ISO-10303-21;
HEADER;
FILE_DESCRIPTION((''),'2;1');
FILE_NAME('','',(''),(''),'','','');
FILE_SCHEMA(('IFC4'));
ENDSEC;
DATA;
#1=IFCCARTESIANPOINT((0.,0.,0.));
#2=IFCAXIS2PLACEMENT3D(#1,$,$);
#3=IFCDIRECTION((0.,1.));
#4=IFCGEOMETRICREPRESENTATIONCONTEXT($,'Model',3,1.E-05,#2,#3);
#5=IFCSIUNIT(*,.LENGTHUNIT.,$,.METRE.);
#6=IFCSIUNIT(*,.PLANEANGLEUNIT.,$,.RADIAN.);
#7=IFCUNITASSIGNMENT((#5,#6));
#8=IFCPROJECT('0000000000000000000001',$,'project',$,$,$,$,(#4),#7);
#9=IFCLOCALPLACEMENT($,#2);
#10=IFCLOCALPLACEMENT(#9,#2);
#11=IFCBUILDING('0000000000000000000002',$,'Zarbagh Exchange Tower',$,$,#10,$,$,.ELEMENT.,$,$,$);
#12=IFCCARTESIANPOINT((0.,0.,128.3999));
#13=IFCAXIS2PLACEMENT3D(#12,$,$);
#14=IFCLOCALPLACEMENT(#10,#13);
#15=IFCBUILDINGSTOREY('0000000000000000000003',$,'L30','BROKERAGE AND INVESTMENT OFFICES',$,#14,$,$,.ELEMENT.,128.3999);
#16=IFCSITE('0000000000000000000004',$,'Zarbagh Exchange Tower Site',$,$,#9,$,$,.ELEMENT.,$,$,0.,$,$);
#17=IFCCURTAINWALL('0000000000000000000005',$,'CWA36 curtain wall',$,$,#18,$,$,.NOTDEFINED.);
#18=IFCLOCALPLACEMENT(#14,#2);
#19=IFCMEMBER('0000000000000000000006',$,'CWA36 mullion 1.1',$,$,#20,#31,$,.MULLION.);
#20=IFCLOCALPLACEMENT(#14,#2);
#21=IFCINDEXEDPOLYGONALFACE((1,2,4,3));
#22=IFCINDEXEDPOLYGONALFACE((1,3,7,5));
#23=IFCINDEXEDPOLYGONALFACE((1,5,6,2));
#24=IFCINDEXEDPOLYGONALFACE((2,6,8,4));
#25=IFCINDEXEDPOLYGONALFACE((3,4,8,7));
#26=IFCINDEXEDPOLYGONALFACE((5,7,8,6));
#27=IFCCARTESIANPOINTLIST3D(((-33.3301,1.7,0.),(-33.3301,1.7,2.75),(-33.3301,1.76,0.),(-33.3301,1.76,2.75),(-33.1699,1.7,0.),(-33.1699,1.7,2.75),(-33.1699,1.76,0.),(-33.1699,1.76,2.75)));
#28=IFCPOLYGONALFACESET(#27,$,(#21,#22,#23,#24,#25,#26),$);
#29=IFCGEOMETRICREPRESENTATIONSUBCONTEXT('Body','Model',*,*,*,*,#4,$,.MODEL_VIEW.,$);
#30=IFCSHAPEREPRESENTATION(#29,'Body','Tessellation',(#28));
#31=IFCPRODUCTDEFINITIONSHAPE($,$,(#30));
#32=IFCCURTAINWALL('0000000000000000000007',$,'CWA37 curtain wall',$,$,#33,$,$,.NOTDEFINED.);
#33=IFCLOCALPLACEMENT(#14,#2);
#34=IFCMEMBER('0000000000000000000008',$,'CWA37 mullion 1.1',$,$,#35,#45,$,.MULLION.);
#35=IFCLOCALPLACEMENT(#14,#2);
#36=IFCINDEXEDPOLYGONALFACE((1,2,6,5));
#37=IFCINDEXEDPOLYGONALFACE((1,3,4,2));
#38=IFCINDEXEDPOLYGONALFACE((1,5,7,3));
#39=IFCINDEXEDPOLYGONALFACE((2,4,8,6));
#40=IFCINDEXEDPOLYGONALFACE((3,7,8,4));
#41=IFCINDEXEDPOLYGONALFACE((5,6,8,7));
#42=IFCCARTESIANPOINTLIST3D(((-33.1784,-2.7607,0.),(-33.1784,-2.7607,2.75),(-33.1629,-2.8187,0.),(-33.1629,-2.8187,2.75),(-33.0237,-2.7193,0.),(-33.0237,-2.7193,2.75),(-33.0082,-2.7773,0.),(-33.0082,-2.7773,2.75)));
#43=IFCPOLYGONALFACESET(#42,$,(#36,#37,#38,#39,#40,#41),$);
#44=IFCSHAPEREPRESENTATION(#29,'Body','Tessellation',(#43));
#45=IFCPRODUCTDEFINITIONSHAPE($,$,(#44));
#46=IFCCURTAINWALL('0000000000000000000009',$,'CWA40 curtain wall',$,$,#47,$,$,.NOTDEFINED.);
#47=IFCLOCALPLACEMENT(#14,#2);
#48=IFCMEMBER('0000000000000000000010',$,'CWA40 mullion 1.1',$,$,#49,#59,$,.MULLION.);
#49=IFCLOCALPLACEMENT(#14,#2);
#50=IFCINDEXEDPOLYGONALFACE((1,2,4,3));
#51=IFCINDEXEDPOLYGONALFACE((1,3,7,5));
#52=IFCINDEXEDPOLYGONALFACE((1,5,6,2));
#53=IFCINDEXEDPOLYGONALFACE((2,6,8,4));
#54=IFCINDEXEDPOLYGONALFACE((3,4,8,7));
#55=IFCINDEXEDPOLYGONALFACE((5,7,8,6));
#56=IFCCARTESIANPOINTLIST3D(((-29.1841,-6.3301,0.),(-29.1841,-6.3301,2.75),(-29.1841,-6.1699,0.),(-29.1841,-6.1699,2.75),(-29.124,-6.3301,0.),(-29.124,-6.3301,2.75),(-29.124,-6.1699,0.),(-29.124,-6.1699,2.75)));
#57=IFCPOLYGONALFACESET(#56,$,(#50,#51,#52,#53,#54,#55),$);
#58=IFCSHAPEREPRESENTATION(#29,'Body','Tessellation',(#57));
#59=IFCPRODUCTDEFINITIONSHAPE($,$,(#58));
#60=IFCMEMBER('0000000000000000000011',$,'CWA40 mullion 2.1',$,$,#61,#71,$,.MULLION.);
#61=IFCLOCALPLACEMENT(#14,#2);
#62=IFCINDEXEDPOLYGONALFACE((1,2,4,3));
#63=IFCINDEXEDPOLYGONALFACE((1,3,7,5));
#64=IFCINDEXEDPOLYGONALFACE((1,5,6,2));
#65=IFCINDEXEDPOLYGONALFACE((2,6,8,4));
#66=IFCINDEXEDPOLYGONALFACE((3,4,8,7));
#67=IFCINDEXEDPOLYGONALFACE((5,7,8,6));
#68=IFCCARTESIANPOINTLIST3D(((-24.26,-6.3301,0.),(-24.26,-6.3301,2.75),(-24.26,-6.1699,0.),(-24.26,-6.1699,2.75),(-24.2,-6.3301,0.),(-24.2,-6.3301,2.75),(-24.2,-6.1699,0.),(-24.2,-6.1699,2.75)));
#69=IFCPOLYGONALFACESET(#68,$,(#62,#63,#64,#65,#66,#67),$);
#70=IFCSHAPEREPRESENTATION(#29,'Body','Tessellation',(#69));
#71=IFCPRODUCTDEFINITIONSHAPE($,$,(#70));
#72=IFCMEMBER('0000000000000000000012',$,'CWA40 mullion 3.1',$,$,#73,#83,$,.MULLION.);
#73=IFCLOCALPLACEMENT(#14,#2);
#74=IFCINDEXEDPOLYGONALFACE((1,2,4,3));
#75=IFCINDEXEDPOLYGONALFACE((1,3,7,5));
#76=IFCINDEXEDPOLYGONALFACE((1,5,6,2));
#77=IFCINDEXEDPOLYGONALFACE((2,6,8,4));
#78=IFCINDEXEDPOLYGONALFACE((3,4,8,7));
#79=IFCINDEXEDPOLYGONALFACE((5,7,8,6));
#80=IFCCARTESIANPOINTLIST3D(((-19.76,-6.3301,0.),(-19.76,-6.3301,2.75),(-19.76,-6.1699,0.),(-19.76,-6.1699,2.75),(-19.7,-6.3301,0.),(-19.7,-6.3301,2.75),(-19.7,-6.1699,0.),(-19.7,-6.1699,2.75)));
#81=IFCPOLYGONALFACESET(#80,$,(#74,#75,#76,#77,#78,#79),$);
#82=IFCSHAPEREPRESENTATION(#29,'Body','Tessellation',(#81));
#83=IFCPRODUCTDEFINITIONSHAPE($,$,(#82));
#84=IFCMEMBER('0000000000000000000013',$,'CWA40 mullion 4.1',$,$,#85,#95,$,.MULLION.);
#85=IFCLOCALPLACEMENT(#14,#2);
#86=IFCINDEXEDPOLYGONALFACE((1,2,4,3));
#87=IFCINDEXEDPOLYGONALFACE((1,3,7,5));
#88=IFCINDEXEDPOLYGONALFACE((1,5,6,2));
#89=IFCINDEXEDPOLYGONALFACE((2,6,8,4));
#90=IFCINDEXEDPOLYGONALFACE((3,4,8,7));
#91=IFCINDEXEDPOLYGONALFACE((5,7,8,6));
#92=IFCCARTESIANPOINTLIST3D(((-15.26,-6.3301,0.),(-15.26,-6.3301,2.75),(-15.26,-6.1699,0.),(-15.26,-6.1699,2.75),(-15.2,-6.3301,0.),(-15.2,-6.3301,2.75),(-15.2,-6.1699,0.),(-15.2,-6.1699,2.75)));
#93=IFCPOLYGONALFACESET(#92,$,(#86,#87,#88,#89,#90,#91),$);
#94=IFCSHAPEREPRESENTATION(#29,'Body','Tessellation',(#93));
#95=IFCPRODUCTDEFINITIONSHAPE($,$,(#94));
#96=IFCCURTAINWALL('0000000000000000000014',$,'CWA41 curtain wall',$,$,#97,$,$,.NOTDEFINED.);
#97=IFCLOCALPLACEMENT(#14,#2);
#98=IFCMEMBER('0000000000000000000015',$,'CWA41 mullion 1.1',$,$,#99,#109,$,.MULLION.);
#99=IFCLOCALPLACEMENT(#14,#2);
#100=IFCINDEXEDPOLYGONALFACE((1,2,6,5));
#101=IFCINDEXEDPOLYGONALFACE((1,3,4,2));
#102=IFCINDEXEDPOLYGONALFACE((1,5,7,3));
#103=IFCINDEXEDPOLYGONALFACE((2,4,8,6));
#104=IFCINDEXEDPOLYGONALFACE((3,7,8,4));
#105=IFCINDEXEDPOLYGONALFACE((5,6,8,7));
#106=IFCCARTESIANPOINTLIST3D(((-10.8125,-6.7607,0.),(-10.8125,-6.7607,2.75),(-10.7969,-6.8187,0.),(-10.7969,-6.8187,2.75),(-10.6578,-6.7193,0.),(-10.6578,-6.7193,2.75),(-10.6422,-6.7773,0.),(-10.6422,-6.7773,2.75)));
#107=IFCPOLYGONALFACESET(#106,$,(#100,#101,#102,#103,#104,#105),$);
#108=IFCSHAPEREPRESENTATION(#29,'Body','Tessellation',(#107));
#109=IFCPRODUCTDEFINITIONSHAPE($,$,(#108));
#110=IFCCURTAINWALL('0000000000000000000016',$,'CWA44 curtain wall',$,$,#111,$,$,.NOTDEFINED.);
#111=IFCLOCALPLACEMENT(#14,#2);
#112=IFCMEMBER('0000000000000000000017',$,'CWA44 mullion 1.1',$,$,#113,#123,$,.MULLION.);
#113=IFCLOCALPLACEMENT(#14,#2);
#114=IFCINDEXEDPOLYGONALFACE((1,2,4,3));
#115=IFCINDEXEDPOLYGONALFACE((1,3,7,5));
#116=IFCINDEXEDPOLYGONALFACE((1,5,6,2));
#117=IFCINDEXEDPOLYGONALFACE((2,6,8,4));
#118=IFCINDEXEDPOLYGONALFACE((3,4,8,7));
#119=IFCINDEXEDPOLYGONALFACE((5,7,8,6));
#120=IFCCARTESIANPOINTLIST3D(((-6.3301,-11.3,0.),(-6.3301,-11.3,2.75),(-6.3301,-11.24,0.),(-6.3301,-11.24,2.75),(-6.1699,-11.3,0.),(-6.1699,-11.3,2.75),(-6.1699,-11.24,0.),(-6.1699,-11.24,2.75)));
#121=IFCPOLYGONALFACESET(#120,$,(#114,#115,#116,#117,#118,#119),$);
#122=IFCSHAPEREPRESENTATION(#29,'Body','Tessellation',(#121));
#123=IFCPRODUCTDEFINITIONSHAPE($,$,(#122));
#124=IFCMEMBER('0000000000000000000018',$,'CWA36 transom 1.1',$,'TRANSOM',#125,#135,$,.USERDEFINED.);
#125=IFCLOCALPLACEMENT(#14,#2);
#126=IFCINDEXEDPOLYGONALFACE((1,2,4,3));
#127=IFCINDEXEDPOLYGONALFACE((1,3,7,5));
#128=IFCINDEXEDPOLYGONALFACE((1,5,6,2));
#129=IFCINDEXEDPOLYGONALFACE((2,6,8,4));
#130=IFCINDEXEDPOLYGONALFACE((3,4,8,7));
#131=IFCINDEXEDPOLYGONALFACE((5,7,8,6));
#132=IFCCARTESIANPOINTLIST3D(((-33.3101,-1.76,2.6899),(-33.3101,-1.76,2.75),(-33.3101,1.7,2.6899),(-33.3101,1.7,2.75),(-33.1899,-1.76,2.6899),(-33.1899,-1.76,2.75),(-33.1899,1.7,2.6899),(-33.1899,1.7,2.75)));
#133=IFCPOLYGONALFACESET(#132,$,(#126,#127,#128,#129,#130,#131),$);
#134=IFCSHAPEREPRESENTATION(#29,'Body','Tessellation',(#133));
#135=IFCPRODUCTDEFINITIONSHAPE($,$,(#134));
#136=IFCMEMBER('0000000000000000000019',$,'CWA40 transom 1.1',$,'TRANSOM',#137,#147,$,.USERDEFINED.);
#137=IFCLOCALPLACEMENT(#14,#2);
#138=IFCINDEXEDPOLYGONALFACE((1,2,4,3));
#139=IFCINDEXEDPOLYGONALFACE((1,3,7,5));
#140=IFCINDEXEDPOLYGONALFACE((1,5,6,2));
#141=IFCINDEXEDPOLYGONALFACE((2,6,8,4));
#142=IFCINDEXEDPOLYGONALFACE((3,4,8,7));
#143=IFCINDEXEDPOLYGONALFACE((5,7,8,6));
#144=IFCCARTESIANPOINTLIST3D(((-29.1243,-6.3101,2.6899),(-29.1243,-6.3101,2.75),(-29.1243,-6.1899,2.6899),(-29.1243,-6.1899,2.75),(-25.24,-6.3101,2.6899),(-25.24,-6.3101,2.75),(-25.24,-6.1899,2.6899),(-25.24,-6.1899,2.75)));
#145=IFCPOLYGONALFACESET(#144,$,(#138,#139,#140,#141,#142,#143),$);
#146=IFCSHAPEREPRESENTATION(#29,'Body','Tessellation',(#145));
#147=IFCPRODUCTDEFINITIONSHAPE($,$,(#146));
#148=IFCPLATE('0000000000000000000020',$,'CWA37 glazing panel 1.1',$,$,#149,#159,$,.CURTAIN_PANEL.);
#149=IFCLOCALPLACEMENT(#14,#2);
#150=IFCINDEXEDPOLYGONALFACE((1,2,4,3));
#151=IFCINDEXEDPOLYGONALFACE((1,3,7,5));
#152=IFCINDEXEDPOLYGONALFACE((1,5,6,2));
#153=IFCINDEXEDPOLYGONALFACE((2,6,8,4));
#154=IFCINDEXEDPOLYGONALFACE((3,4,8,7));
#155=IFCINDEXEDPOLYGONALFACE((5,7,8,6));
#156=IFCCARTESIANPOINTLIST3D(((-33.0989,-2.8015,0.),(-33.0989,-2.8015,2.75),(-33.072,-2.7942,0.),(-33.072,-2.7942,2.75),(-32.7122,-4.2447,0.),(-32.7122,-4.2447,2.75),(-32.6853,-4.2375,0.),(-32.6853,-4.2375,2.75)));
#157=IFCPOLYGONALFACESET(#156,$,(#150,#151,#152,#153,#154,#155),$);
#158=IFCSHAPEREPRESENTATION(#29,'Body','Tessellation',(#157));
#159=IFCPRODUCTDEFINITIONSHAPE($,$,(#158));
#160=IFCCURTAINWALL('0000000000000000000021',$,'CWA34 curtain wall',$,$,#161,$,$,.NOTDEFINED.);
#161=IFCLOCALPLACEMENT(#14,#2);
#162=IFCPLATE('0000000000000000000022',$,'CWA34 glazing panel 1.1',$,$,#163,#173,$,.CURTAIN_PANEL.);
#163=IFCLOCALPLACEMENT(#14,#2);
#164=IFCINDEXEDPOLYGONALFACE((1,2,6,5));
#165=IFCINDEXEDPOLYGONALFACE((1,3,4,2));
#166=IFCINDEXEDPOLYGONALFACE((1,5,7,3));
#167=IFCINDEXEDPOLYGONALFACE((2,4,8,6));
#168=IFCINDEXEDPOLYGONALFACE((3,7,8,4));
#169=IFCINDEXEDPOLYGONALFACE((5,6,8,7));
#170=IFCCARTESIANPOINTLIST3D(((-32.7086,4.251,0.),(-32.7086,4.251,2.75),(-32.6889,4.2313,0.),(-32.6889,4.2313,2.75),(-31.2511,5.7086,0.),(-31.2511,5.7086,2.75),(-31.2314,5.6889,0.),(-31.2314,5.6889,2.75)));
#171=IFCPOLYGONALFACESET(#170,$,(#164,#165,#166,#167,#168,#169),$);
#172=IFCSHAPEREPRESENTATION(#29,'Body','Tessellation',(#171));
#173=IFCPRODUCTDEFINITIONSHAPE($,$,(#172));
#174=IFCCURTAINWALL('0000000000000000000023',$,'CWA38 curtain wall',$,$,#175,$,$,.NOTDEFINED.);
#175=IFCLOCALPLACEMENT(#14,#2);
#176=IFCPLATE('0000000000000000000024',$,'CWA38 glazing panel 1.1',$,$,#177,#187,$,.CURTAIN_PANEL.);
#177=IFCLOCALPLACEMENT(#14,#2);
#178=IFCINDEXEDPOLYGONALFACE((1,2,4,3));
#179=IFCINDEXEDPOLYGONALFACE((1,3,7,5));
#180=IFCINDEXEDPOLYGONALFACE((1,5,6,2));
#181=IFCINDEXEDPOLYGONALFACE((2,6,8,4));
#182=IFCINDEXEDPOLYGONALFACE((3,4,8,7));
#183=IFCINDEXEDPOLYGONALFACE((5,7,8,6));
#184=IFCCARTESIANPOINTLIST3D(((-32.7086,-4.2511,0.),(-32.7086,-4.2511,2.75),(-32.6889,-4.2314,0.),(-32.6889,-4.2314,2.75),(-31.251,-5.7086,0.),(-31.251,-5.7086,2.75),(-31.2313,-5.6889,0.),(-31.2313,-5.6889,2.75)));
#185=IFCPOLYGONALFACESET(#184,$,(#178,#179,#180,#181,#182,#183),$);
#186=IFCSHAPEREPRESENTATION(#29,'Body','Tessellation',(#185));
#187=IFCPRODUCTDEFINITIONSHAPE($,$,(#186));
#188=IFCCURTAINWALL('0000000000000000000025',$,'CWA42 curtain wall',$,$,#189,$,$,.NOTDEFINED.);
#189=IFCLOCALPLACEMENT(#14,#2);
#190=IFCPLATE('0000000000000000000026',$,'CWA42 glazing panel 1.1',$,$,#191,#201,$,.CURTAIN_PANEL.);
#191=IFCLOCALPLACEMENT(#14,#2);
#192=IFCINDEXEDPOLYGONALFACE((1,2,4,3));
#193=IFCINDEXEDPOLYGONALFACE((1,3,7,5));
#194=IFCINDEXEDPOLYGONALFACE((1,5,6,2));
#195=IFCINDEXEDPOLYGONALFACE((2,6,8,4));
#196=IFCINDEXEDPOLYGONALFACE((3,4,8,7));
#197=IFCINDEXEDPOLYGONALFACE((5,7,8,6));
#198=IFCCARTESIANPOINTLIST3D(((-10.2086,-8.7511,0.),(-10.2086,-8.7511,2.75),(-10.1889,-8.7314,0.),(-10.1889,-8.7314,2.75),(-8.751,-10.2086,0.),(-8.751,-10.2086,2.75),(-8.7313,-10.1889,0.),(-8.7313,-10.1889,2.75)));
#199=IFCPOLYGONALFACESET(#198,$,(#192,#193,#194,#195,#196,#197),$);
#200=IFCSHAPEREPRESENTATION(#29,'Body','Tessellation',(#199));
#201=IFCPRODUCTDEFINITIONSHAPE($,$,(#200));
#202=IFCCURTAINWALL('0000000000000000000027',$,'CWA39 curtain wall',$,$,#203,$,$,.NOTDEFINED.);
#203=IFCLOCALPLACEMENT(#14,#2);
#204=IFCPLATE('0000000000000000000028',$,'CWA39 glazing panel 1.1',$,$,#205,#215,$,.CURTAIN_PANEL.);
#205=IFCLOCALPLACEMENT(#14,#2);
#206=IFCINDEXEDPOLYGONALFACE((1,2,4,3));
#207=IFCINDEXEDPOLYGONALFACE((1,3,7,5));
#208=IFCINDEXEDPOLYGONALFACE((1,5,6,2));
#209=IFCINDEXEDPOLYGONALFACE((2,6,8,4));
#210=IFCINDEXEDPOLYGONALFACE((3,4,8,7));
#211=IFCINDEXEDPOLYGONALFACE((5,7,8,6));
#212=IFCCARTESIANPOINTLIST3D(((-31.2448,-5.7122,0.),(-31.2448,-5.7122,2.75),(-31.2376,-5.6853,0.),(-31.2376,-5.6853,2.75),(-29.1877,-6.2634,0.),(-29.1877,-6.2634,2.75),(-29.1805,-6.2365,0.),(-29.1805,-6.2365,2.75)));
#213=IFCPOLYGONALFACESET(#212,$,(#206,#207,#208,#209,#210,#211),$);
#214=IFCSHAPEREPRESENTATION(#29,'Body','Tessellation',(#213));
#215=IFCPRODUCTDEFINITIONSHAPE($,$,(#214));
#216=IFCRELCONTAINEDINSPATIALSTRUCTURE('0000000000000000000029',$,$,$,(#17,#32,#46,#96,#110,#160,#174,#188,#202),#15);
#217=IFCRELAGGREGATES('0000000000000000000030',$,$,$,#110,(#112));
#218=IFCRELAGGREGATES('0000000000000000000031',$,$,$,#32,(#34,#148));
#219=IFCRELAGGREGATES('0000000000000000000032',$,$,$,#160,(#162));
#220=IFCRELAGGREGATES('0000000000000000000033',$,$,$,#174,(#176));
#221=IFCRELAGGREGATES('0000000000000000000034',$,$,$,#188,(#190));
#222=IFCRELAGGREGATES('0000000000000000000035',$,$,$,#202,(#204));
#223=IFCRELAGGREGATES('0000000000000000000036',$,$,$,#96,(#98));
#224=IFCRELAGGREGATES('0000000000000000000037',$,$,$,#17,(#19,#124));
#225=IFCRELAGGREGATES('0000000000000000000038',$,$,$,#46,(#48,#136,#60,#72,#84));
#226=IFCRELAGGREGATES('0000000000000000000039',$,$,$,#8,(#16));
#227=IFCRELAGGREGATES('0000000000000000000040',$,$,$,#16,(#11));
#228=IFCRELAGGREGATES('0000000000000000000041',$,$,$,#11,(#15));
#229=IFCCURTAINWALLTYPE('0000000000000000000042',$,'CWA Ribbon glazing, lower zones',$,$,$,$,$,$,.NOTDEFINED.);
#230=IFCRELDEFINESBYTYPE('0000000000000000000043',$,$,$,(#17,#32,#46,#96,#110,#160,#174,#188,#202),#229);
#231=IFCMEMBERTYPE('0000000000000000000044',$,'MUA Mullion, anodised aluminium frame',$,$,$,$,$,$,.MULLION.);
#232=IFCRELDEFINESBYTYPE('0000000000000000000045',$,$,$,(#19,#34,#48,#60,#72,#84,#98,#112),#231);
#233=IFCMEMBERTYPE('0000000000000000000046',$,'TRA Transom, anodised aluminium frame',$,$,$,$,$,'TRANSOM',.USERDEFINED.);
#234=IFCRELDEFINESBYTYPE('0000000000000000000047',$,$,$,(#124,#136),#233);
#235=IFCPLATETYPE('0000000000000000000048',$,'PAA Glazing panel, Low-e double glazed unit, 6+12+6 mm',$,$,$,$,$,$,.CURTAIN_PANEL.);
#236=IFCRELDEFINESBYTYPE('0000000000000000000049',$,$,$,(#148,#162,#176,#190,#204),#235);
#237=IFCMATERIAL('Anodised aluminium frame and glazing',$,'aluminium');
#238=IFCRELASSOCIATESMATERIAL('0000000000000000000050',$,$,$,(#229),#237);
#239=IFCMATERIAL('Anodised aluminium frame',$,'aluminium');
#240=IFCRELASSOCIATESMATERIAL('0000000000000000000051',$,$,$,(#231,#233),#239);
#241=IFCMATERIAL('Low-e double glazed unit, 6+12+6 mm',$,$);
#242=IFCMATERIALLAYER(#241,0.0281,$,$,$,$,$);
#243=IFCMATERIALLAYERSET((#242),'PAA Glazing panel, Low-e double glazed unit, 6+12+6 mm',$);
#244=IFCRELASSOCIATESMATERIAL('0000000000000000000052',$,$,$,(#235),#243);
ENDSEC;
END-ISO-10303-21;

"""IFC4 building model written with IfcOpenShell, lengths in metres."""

from ifc_helpers import new_model, si_unit, direction, frame, origin, place, context, subcontext, project, spatial, polyline, outline, extrude, source, transform, mapped, material, layer, layer_set, type_object, element, aggregate, save


model = new_model("IFC4")

# Units and contexts
model_context = context("Model", 3, precision=1e-05, world=origin(), true_north=direction((0.0, 1.0)))
body_context = subcontext(model_context, "Body", "Model", "MODEL_VIEW")
ifc_project = project(units=[si_unit("LENGTHUNIT", "METRE"), si_unit("PLANEANGLEUNIT", "RADIAN")], contexts=[model_context])

# Site, building, storey
site_placement = place(None, origin())
site = spatial("IfcSite", under=ifc_project, at=site_placement, Name="Zarbagh Exchange Tower Site", CompositionType="ELEMENT", RefElevation=0.0)
building_placement = place(site_placement, origin())
building = spatial("IfcBuilding", under=site, at=building_placement, Name="Zarbagh Exchange Tower", CompositionType="ELEMENT")
storey_placement = place(building_placement, frame((0.0, 0.0, 128.3999)))
storey = spatial("IfcBuildingStorey", under=building, at=storey_placement, Name="L30", Description="BROKERAGE AND INVESTMENT OFFICES", CompositionType="ELEMENT", Elevation=128.3999)

# Curtain walls, members
ifc_material_1 = material(Name="Anodised aluminium frame and glazing", Category="aluminium")
curtain_wall_type = type_object("IfcCurtainWallType", Name="CWA Ribbon glazing, lower zones", PredefinedType="NOTDEFINED", material=ifc_material_1)
curtain_wall_1_placement = place(storey_placement, origin())
curtain_wall_1 = element("IfcCurtainWall", 1, at=curtain_wall_1_placement, inside=storey, type_object=curtain_wall_type, Name="CWA36 curtain wall", PredefinedType="NOTDEFINED")
ifc_material_2 = material(Name="Anodised aluminium frame", Category="aluminium")
member_type_1 = type_object("IfcMemberType", Name="MUA Mullion, anodised aluminium frame", PredefinedType="MULLION", material=ifc_material_2)
shared_shape_1 = source(origin(), body_context, "Body", "SweptSolid", [
    extrude(outline(polyline([(0.0, -0.0801), (0.0601, -0.0801), (0.0601, 0.0801), (0.0, 0.0801), (0.0, -0.0801)])), origin(), (0.0, 0.0, 1.0), 2.75),
])
placement = place(storey_placement, origin())
member_1 = element("IfcMember", 2, at=placement, type_object=member_type_1, Name="CWA36 mullion 1.1", PredefinedType="MULLION", context=body_context, shape_type="MappedRepresentation", body=[
    mapped(shared_shape_1, transform((-33.25, 1.76, 0.0), x_axis=(0.0, -1.0, 0.0), y_axis=(1.0, 0.0, 0.0), z_axis=(0.0, 0.0, 1.0))),
])
curtain_wall_2_placement = place(storey_placement, origin())
curtain_wall_2 = element("IfcCurtainWall", 3, at=curtain_wall_2_placement, inside=storey, type_object=curtain_wall_type, Name="CWA37 curtain wall", PredefinedType="NOTDEFINED")
member_2 = element("IfcMember", 4, at=placement, type_object=member_type_1, Name="CWA37 mullion 1.1", PredefinedType="MULLION", context=body_context, shape_type="MappedRepresentation", body=[
    mapped(shared_shape_1, transform((-33.1011, -2.74, 0.0), x_axis=(0.258825, -0.965924, 0.0), y_axis=(0.965924, 0.258825, 0.0), z_axis=(0.0, 0.0, 1.0))),
])

# Curtain wall, members
curtain_wall_3_placement = place(storey_placement, origin())
curtain_wall_3 = element("IfcCurtainWall", 5, at=curtain_wall_3_placement, inside=storey, type_object=curtain_wall_type, Name="CWA40 curtain wall", PredefinedType="NOTDEFINED")
member_3 = element("IfcMember", 6, at=placement, type_object=member_type_1, Name="CWA40 mullion 1.1", PredefinedType="MULLION", context=body_context, shape_type="MappedRepresentation", body=[
    mapped(shared_shape_1, transform((-29.1841, -6.25, 0.0), x_axis=(1.0, 0.0, 0.0), y_axis=(0.0, 1.0, 0.0), z_axis=(0.0, 0.0, 1.0))),
])
member_4 = element("IfcMember", 7, at=placement, type_object=member_type_1, Name="CWA40 mullion 2.1", PredefinedType="MULLION", context=body_context, shape_type="MappedRepresentation", body=[
    mapped(shared_shape_1, transform((-24.26, -6.25, 0.0), x_axis=(1.0, 0.0, 0.0), y_axis=(0.0, 1.0, 0.0), z_axis=(0.0, 0.0, 1.0))),
])
member_5 = element("IfcMember", 8, at=placement, type_object=member_type_1, Name="CWA40 mullion 3.1", PredefinedType="MULLION", context=body_context, shape_type="MappedRepresentation", body=[
    mapped(shared_shape_1, transform((-19.76, -6.25, 0.0), x_axis=(1.0, 0.0, 0.0), y_axis=(0.0, 1.0, 0.0), z_axis=(0.0, 0.0, 1.0))),
])
member_6 = element("IfcMember", 9, at=placement, type_object=member_type_1, Name="CWA40 mullion 4.1", PredefinedType="MULLION", context=body_context, shape_type="MappedRepresentation", body=[
    mapped(shared_shape_1, transform((-15.26, -6.25, 0.0), x_axis=(1.0, 0.0, 0.0), y_axis=(0.0, 1.0, 0.0), z_axis=(0.0, 0.0, 1.0))),
])

# Curtain walls, members
curtain_wall_4_placement = place(storey_placement, origin())
curtain_wall_4 = element("IfcCurtainWall", 10, at=curtain_wall_4_placement, inside=storey, type_object=curtain_wall_type, Name="CWA41 curtain wall", PredefinedType="NOTDEFINED")
member_7 = element("IfcMember", 11, at=placement, type_object=member_type_1, Name="CWA41 mullion 1.1", PredefinedType="MULLION", context=body_context, shape_type="MappedRepresentation", body=[
    mapped(shared_shape_1, transform((-10.7351, -6.74, 0.0), x_axis=(0.258825, -0.965924, 0.0), y_axis=(0.965924, 0.258825, 0.0), z_axis=(0.0, 0.0, 1.0))),
])
curtain_wall_5_placement = place(storey_placement, origin())
curtain_wall_5 = element("IfcCurtainWall", 12, at=curtain_wall_5_placement, inside=storey, type_object=curtain_wall_type, Name="CWA44 curtain wall", PredefinedType="NOTDEFINED")
member_8 = element("IfcMember", 13, at=placement, type_object=member_type_1, Name="CWA44 mullion 1.1", PredefinedType="MULLION", context=body_context, shape_type="MappedRepresentation", body=[
    mapped(shared_shape_1, transform((-6.25, -11.24, 0.0), x_axis=(0.0, -1.0, 0.0), y_axis=(1.0, 0.0, 0.0), z_axis=(0.0, 0.0, 1.0))),
])
aggregate(curtain_wall_5, [member_8])

# Members
member_type_2 = type_object("IfcMemberType", Name="TRA Transom, anodised aluminium frame", ElementType="TRANSOM", PredefinedType="USERDEFINED", material=ifc_material_2)
shared_shape_2 = source(origin(), body_context, "Body", "SweptSolid", [
    extrude(outline(polyline([(-0.0601, -0.0601), (0.0, -0.0601), (0.0, 0.0601), (-0.0601, 0.0601), (-0.0601, -0.0601)])), origin(), (0.0, 0.0, 1.0), 3.46),
])
member_9 = element("IfcMember", 14, at=placement, type_object=member_type_2, Name="CWA36 transom 1.1", ObjectType="TRANSOM", PredefinedType="USERDEFINED", context=body_context, shape_type="MappedRepresentation", body=[
    mapped(shared_shape_2, transform((-33.25, 1.7, 2.75), x_axis=(0.0, 0.0, 1.0), y_axis=(-1.0, 0.0, 0.0), z_axis=(0.0, -1.0, 0.0))),
])
shared_shape_3 = source(origin(), body_context, "Body", "SweptSolid", [
    extrude(outline(polyline([(-0.0601, -0.0601), (0.0, -0.0601), (0.0, 0.0601), (-0.0601, 0.0601), (-0.0601, -0.0601)])), origin(), (0.0, 0.0, 1.0), 3.8843),
])
member_10 = element("IfcMember", 15, at=placement, type_object=member_type_2, Name="CWA40 transom 1.1", ObjectType="TRANSOM", PredefinedType="USERDEFINED", context=body_context, shape_type="MappedRepresentation", body=[
    mapped(shared_shape_3, transform((-29.1243, -6.25, 2.75), x_axis=(0.0, 0.0, 1.0), y_axis=(0.0, -1.0, 0.0), z_axis=(1.0, 0.0, 0.0))),
])

# Plate
ifc_material_3 = material(Name="Low-e double glazed unit, 6+12+6 mm")
ifc_layer = layer(ifc_material_3, 0.0281)
ifc_layer_set = layer_set([ifc_layer], Name="PAA Glazing panel, Low-e double glazed unit, 6+12+6 mm")
plate_type = type_object("IfcPlateType", Name="PAA Glazing panel, Low-e double glazed unit, 6+12+6 mm", PredefinedType="CURTAIN_PANEL", material=ifc_layer_set)
shared_shape_4 = source(origin(), body_context, "Body", "SweptSolid", [
    extrude(outline(polyline([(0.0, -0.0139), (1.4941, -0.0139), (1.4941, 0.0139), (0.0, 0.0139), (0.0, -0.0139)])), origin(), (0.0, 0.0, 1.0), 2.75),
])
plate_1 = element("IfcPlate", 16, at=placement, type_object=plate_type, Name="CWA37 glazing panel 1.1", PredefinedType="CURTAIN_PANEL", context=body_context, shape_type="MappedRepresentation", body=[
    mapped(shared_shape_4, transform((-33.0854, -2.7979, 0.0), x_axis=(0.258825, -0.965924, 0.0), y_axis=(0.965924, 0.258825, 0.0), z_axis=(0.0, 0.0, 1.0))),
])
aggregate(curtain_wall_2, [member_2, plate_1])

# Curtain walls, plates
curtain_wall_6_placement = place(storey_placement, origin())
curtain_wall_6 = element("IfcCurtainWall", 17, at=curtain_wall_6_placement, inside=storey, type_object=curtain_wall_type, Name="CWA34 curtain wall", PredefinedType="NOTDEFINED")
shared_shape_5 = source(origin(), body_context, "Body", "SweptSolid", [
    extrude(outline(polyline([(0.0, -0.0139), (2.0613, -0.0139), (2.0613, 0.0139), (0.0, 0.0139), (0.0, -0.0139)])), origin(), (0.0, 0.0, 1.0), 2.75),
])
plate_2 = element("IfcPlate", 18, at=placement, type_object=plate_type, Name="CWA34 glazing panel 1.1", PredefinedType="CURTAIN_PANEL", context=body_context, shape_type="MappedRepresentation", body=[
    mapped(shared_shape_5, transform((-31.2412, 5.6987, 0.0), x_axis=(-0.707107, -0.707107, 0.0), y_axis=(0.707107, -0.707107, 0.0), z_axis=(0.0, 0.0, 1.0))),
])
aggregate(curtain_wall_6, [plate_2])
curtain_wall_7_placement = place(storey_placement, origin())
curtain_wall_7 = element("IfcCurtainWall", 19, at=curtain_wall_7_placement, inside=storey, type_object=curtain_wall_type, Name="CWA38 curtain wall", PredefinedType="NOTDEFINED")
plate_3 = element("IfcPlate", 20, at=placement, type_object=plate_type, Name="CWA38 glazing panel 1.1", PredefinedType="CURTAIN_PANEL", context=body_context, shape_type="MappedRepresentation", body=[
    mapped(shared_shape_5, transform((-32.6987, -4.2412, 0.0), x_axis=(0.707107, -0.707107, 0.0), y_axis=(0.707107, 0.707107, 0.0), z_axis=(0.0, 0.0, 1.0))),
])
aggregate(curtain_wall_7, [plate_3])
curtain_wall_8_placement = place(storey_placement, origin())
curtain_wall_8 = element("IfcCurtainWall", 21, at=curtain_wall_8_placement, inside=storey, type_object=curtain_wall_type, Name="CWA42 curtain wall", PredefinedType="NOTDEFINED")
plate_4 = element("IfcPlate", 22, at=placement, type_object=plate_type, Name="CWA42 glazing panel 1.1", PredefinedType="CURTAIN_PANEL", context=body_context, shape_type="MappedRepresentation", body=[
    mapped(shared_shape_5, transform((-10.1987, -8.7412, 0.0), x_axis=(0.707107, -0.707107, 0.0), y_axis=(0.707107, 0.707107, 0.0), z_axis=(0.0, 0.0, 1.0))),
])
aggregate(curtain_wall_8, [plate_4])
curtain_wall_9_placement = place(storey_placement, origin())
curtain_wall_9 = element("IfcCurtainWall", 23, at=curtain_wall_9_placement, inside=storey, type_object=curtain_wall_type, Name="CWA39 curtain wall", PredefinedType="NOTDEFINED")
shared_shape_6 = source(origin(), body_context, "Body", "SweptSolid", [
    extrude(outline(polyline([(0.0, -0.0139), (2.1296, -0.0139), (2.1296, 0.0139), (0.0, 0.0139), (0.0, -0.0139)])), origin(), (0.0, 0.0, 1.0), 2.75),
])
plate_5 = element("IfcPlate", 24, at=placement, type_object=plate_type, Name="CWA39 glazing panel 1.1", PredefinedType="CURTAIN_PANEL", context=body_context, shape_type="MappedRepresentation", body=[
    mapped(shared_shape_6, transform((-31.2412, -5.6987, 0.0), x_axis=(0.965924, -0.258825, 0.0), y_axis=(0.258825, 0.965924, 0.0), z_axis=(0.0, 0.0, 1.0))),
])
aggregate(curtain_wall_9, [plate_5])

aggregate(curtain_wall_4, [member_7])

aggregate(curtain_wall_1, [member_1, member_9])
aggregate(curtain_wall_3, [member_3, member_10, member_4, member_5, member_6])

save(model, "model.ifc")
